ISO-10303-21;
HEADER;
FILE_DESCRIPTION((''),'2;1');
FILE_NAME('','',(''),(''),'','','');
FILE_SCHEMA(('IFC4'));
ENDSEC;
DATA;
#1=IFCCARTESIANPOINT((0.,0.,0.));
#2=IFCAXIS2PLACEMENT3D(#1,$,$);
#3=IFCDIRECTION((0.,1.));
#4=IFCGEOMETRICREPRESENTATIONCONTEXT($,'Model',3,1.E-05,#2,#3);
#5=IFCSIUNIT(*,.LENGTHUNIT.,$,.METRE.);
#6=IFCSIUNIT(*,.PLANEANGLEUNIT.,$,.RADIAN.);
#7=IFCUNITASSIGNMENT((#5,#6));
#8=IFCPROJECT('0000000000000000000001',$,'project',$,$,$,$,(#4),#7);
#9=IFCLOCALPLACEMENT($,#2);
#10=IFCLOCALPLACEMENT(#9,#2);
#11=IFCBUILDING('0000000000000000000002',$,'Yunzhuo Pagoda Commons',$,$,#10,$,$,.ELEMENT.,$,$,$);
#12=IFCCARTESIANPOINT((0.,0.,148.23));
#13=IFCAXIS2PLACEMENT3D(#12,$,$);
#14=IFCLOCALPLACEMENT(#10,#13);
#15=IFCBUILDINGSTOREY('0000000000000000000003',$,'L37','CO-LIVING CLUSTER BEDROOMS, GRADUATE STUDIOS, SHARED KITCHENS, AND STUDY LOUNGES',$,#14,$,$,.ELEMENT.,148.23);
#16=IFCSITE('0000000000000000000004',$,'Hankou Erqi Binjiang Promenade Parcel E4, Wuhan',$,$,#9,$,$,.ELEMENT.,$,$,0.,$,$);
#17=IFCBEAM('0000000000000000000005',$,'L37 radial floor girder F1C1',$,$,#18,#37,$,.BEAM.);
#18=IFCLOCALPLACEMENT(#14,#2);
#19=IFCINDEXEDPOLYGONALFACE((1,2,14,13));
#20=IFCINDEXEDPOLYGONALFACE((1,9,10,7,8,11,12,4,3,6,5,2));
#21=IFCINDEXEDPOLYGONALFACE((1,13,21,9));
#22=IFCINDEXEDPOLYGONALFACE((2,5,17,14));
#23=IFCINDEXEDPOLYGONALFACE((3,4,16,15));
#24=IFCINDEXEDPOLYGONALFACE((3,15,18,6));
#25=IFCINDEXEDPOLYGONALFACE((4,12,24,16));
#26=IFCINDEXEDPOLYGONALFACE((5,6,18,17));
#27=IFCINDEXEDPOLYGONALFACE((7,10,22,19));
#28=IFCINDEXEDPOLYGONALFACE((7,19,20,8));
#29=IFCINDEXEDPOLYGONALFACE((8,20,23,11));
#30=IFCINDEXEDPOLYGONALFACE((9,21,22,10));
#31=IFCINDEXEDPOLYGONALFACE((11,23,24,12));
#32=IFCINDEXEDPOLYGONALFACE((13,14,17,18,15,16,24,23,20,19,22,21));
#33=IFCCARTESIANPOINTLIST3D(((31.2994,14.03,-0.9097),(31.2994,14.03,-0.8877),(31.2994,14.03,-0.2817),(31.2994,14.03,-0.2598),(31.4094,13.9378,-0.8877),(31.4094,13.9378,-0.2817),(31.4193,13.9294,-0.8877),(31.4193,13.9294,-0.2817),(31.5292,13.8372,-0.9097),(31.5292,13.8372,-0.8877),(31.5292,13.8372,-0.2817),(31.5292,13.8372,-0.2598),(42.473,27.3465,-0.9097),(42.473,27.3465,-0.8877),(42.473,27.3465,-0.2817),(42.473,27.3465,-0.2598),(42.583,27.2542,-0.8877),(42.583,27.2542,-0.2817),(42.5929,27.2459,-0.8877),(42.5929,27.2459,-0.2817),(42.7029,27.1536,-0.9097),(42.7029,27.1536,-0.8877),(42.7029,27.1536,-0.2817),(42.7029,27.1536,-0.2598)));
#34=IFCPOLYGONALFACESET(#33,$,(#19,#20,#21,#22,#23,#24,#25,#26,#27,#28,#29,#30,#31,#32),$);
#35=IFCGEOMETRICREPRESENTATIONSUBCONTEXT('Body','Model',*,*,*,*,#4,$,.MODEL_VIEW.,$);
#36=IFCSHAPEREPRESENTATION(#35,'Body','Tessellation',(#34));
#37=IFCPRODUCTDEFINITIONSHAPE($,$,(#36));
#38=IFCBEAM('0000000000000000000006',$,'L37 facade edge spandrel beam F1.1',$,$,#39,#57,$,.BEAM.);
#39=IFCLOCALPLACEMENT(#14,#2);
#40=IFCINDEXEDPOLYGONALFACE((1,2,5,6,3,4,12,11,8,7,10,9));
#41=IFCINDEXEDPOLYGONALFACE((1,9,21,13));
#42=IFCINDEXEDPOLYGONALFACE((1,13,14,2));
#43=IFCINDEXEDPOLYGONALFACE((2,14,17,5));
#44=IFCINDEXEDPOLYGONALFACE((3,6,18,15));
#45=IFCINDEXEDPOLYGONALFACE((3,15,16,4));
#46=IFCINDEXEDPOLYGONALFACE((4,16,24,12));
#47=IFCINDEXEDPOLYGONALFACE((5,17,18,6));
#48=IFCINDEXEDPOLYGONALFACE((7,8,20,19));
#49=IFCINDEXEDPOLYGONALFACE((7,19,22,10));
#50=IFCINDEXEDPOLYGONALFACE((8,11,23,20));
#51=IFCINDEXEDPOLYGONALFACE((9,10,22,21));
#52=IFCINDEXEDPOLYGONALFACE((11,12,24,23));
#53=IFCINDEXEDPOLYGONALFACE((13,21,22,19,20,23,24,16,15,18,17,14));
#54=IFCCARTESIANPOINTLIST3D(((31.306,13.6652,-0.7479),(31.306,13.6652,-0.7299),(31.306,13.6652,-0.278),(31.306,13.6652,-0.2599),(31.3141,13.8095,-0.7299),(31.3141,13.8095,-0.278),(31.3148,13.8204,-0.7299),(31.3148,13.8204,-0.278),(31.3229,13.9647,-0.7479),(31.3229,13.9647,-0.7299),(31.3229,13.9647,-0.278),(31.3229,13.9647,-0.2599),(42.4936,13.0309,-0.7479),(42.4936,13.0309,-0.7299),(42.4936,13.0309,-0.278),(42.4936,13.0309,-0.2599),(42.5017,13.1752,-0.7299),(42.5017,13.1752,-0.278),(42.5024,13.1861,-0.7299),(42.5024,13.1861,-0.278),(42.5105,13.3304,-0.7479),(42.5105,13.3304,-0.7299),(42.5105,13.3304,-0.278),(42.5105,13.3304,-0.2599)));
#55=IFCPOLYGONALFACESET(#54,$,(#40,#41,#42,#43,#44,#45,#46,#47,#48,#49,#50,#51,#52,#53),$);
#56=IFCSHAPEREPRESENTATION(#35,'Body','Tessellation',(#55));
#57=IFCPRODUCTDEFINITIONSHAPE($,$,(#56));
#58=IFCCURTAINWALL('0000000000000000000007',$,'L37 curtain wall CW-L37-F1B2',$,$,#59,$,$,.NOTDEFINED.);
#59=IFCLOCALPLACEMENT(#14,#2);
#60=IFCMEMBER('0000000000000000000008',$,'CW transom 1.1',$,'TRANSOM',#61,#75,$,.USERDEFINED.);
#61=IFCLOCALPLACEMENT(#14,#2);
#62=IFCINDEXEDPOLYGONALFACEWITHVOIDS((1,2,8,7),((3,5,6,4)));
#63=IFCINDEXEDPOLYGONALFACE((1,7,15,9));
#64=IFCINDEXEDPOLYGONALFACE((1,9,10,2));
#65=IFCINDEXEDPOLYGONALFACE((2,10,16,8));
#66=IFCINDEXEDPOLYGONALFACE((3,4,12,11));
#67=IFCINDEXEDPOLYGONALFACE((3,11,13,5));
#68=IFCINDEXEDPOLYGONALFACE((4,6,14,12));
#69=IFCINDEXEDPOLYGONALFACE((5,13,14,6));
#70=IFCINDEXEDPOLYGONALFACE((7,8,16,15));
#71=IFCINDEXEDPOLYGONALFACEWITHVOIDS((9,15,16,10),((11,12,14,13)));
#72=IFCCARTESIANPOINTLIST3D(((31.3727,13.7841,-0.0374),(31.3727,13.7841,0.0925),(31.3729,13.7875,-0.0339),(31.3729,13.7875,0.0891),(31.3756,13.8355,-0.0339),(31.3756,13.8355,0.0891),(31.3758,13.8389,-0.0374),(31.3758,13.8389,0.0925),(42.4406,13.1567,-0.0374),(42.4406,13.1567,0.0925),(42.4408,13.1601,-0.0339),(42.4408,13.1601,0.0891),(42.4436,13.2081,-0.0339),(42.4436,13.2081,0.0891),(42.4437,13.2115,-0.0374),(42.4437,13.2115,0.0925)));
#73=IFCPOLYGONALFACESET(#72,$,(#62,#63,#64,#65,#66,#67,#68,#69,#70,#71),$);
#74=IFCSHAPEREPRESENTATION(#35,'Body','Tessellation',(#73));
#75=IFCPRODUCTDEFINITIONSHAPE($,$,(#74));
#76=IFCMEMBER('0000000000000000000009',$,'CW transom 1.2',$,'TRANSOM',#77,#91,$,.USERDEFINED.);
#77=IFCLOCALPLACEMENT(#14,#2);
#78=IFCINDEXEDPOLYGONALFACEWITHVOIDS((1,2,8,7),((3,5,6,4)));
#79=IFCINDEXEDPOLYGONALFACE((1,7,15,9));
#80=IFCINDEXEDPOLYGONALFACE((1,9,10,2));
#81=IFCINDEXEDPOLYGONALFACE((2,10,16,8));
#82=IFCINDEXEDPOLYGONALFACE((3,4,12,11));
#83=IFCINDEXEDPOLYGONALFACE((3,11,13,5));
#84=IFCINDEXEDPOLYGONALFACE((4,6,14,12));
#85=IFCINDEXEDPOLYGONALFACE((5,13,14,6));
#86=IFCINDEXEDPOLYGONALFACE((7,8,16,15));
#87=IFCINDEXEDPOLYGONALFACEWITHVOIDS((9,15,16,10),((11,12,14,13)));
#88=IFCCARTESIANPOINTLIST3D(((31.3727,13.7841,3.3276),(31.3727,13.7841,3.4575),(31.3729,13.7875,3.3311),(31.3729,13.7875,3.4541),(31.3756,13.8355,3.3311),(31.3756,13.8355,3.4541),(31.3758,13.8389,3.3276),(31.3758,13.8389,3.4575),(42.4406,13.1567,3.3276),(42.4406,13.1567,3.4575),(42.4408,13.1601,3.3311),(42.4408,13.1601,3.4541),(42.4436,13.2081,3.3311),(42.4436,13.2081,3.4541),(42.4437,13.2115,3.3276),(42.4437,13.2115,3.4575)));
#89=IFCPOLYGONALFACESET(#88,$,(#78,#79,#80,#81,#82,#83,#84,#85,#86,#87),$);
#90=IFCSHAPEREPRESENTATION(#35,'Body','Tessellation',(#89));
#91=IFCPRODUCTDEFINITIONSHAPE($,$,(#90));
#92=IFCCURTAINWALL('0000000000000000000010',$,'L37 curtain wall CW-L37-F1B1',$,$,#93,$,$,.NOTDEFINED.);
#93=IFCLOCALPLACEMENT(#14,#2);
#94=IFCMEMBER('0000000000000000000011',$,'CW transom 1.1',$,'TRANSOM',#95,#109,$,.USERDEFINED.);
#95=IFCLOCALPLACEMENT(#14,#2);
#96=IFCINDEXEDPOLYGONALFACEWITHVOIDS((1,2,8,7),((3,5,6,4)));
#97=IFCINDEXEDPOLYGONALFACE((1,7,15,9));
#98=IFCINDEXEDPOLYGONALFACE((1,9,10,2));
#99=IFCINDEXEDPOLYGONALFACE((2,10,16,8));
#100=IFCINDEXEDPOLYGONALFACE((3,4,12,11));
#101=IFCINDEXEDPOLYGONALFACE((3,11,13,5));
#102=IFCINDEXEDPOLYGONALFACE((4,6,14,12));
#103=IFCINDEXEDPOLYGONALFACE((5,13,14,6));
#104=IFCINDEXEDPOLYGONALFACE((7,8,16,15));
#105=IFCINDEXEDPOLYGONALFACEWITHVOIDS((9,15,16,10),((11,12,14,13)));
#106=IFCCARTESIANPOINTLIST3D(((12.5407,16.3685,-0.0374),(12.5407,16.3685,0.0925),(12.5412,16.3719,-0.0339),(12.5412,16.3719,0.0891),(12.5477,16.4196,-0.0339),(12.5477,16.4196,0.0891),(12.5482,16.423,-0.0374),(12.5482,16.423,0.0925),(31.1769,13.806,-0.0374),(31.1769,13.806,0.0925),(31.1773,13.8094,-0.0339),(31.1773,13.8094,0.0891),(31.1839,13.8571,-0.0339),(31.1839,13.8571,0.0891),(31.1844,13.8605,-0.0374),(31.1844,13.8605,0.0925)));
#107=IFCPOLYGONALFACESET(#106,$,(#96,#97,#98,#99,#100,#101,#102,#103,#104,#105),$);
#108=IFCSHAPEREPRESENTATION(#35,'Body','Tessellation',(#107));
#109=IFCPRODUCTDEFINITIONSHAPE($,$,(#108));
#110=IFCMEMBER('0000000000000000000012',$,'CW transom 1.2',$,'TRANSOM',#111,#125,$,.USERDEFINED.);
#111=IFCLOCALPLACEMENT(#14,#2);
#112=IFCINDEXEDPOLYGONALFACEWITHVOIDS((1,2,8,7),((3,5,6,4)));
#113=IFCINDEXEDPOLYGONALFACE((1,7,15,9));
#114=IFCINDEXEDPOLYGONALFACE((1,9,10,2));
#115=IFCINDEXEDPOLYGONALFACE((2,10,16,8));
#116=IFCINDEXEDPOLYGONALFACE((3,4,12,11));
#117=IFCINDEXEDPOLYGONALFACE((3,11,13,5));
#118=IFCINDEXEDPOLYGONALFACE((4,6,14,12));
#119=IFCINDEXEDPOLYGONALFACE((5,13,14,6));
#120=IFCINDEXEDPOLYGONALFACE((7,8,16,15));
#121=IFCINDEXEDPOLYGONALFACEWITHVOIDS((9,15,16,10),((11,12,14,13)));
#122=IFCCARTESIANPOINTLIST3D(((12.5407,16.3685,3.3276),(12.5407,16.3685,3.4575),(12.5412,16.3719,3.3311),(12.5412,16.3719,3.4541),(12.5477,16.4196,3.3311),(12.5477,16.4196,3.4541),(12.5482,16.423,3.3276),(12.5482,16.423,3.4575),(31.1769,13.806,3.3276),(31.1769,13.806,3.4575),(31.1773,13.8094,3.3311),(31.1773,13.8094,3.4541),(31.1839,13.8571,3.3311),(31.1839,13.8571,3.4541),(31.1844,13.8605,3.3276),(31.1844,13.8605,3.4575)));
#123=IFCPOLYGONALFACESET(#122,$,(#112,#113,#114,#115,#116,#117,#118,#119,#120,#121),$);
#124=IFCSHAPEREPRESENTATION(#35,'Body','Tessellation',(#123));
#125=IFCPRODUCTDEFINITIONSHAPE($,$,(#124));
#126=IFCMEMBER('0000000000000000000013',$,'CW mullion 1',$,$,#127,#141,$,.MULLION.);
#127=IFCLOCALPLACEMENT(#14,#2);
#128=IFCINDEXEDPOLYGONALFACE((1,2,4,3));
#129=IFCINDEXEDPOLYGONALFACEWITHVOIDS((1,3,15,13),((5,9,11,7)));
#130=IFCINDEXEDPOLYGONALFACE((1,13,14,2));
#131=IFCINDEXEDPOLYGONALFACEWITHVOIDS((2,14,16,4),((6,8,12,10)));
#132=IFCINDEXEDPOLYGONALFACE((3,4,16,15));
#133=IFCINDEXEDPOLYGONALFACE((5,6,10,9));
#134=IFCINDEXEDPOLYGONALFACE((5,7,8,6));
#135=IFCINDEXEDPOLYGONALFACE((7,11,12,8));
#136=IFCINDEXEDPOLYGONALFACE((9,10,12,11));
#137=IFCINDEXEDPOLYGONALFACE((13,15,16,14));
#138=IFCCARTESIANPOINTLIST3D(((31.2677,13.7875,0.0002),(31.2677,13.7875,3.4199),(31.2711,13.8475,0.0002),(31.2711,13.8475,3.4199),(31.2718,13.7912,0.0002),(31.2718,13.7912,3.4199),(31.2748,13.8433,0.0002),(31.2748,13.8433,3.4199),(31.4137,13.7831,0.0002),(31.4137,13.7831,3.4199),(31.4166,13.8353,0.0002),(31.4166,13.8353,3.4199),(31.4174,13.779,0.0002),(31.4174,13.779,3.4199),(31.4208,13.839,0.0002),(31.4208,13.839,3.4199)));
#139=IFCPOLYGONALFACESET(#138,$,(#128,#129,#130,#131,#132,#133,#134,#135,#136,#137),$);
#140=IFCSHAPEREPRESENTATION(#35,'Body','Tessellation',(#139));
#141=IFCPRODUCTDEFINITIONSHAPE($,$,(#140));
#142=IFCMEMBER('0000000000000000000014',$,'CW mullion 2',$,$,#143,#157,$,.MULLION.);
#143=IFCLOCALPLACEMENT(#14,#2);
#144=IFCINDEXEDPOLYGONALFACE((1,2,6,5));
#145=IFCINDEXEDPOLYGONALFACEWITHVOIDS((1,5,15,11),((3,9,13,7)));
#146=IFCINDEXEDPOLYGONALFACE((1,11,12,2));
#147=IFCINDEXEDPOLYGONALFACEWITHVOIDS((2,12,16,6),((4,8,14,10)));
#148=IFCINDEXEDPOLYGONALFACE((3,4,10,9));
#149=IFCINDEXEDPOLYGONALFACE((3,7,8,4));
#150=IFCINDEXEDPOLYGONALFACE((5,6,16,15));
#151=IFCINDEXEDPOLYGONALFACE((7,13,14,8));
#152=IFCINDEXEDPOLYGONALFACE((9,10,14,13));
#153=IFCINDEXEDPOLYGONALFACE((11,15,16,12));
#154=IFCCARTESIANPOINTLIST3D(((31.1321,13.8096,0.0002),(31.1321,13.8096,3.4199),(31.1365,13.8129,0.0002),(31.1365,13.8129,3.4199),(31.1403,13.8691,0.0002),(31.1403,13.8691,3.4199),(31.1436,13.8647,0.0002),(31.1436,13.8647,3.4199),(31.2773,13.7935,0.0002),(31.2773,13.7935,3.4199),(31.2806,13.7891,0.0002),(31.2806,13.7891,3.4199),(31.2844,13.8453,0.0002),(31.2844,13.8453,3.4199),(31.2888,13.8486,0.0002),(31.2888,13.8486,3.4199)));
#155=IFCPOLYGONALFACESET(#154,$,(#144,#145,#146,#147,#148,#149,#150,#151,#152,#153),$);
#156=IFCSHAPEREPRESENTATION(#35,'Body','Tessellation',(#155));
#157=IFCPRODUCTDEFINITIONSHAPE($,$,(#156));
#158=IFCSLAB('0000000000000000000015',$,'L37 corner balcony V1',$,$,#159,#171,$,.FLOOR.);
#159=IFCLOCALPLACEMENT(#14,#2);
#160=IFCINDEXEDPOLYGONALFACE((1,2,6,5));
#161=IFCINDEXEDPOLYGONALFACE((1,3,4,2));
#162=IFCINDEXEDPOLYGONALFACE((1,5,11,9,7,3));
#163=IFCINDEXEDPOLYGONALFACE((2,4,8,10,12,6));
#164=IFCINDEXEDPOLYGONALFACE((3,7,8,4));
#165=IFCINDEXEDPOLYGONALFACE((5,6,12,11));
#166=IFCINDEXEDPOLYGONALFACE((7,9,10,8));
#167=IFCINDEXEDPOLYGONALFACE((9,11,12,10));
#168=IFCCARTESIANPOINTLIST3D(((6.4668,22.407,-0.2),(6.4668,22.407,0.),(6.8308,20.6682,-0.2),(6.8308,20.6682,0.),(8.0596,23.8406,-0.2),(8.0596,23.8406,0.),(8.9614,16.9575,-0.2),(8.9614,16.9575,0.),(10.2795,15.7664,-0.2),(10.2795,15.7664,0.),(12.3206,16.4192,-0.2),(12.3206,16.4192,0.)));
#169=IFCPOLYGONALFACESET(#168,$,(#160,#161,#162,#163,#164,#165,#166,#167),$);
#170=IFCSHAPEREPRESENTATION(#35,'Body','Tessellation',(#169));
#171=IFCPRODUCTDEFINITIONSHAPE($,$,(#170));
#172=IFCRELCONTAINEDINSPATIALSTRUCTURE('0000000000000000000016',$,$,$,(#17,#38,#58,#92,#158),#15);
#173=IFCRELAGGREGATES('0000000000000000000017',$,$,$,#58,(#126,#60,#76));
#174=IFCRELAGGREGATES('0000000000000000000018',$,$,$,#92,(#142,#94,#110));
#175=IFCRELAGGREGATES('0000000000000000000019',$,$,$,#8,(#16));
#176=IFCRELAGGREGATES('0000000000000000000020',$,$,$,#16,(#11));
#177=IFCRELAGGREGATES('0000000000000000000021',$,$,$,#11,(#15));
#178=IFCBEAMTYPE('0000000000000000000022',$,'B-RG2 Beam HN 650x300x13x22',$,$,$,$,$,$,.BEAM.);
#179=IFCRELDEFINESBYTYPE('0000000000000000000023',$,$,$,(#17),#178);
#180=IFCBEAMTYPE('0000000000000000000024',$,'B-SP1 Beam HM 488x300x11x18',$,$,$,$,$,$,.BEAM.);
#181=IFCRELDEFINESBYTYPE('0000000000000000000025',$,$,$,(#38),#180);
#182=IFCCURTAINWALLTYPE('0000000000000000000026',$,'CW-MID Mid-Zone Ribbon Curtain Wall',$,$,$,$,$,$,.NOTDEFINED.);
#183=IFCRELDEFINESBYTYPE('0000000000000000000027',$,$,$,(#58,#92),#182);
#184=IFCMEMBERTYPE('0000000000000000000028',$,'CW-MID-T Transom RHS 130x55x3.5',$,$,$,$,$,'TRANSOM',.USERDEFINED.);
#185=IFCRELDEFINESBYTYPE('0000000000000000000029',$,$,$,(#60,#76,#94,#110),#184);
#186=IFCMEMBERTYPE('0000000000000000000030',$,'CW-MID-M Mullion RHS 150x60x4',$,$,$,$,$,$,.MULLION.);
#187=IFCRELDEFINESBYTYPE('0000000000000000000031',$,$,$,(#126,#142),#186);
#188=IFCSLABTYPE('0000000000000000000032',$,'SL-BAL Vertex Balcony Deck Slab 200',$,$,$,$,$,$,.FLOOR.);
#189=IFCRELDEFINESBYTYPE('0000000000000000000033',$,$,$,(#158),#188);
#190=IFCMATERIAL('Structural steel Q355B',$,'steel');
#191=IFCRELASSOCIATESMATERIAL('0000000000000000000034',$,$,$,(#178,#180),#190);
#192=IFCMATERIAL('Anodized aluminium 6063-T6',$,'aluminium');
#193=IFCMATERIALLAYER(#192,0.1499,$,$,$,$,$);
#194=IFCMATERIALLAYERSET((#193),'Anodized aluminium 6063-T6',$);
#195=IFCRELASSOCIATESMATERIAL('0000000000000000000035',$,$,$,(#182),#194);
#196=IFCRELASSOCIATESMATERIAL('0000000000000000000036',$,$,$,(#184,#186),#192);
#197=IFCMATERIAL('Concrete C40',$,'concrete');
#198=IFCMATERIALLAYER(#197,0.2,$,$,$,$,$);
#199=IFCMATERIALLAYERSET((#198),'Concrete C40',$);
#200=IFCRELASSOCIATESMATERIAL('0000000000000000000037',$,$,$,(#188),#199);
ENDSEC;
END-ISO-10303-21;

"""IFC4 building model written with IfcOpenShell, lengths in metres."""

from ifc_helpers import new_model, si_unit, direction, frame, origin, origin_2d, place, context, subcontext, project, spatial, polyline, hollow_rectangle, i_section, outline, extrude, source, transform, mapped, material, layer, layer_set, material_profile, profile_set, type_object, element, aggregate, save


model = new_model("IFC4")

# Units and contexts
model_context = context("Model", 3, precision=1e-05, world=origin(), true_north=direction((0.0, 1.0)))
body_context = subcontext(model_context, "Body", "Model", "MODEL_VIEW")
ifc_project = project(units=[si_unit("LENGTHUNIT", "METRE"), si_unit("PLANEANGLEUNIT", "RADIAN")], contexts=[model_context])

# Site, building, storey
site_placement = place(None, origin())
site = spatial("IfcSite", under=ifc_project, at=site_placement, Name="Hankou Erqi Binjiang Promenade Parcel E4, Wuhan", CompositionType="ELEMENT", RefElevation=0.0)
building_placement = place(site_placement, origin())
building = spatial("IfcBuilding", under=site, at=building_placement, Name="Yunzhuo Pagoda Commons", CompositionType="ELEMENT")
storey_placement = place(building_placement, frame((0.0, 0.0, 148.23)))
storey = spatial("IfcBuildingStorey", under=building, at=storey_placement, Name="L37", Description="CO-LIVING CLUSTER BEDROOMS, GRADUATE STUDIOS, SHARED KITCHENS, AND STUDY LOUNGES", CompositionType="ELEMENT", Elevation=148.23)

# Beams
ifc_material_1 = material(Name="Structural steel Q355B", Category="steel")
ifc_material_profile_1 = material_profile(ifc_material_1, i_section(OverallWidth=0.3, OverallDepth=0.6499, WebThickness=0.0129, FlangeThickness=0.022, at=origin_2d()), Name="Structural steel Q355B")
ifc_profile_set_1 = profile_set([ifc_material_profile_1], Name="Structural steel Q355B")
beam_type_1 = type_object("IfcBeamType", Name="B-RG2 Beam HN 650x300x13x22", PredefinedType="BEAM", material=ifc_profile_set_1)
shared_shape_1 = source(origin(), body_context, "Body", "SweptSolid", [
    extrude(i_section(OverallWidth=0.3, OverallDepth=0.6499, WebThickness=0.0129, FlangeThickness=0.022, at=origin_2d()), origin(), (0.0, 0.0, 1.0), 17.3833),
])
beam_1_placement = place(storey_placement, frame((31.4143, 13.9336, -0.5847), z_axis=(0.642781, 0.76605, 0.0), x_axis=(-0.76605, 0.642781, 0.0)))
element("IfcBeam", 1, at=beam_1_placement, inside=storey, type_object=beam_type_1, Name="L37 radial floor girder F1C1", PredefinedType="BEAM", context=body_context, shape_type="MappedRepresentation", body=[
    mapped(shared_shape_1, transform((0.0, 0.0, 0.0), scale=1.0)),
])
ifc_material_profile_2 = material_profile(ifc_material_1, i_section(OverallWidth=0.3, OverallDepth=0.488, WebThickness=0.011, FlangeThickness=0.0181, at=origin_2d()), Name="Structural steel Q355B")
ifc_profile_set_2 = profile_set([ifc_material_profile_2], Name="Structural steel Q355B")
beam_type_2 = type_object("IfcBeamType", Name="B-SP1 Beam HM 488x300x11x18", PredefinedType="BEAM", material=ifc_profile_set_2)
shared_shape_2 = source(origin(), body_context, "Body", "SweptSolid", [
    extrude(i_section(OverallWidth=0.3, OverallDepth=0.488, WebThickness=0.011, FlangeThickness=0.0181, at=origin_2d()), origin(), (0.0, 0.0, 1.0), 11.2056),
])
beam_2_placement = place(storey_placement, frame((31.3145, 13.8149, -0.5039), z_axis=(0.998397, -0.056604, 0.0), x_axis=(0.056604, 0.998397, 0.0)))
element("IfcBeam", 2, at=beam_2_placement, inside=storey, type_object=beam_type_2, Name="L37 facade edge spandrel beam F1.1", PredefinedType="BEAM", context=body_context, shape_type="MappedRepresentation", body=[
    mapped(shared_shape_2, transform((0.0, 0.0, 0.0), scale=1.0)),
])

# Curtain walls, members
ifc_material_2 = material(Name="Anodized aluminium 6063-T6", Category="aluminium")
ifc_layer_1 = layer(ifc_material_2, 0.1499)
ifc_layer_set_1 = layer_set([ifc_layer_1], Name="Anodized aluminium 6063-T6")
curtain_wall_type = type_object("IfcCurtainWallType", Name="CW-MID Mid-Zone Ribbon Curtain Wall", PredefinedType="NOTDEFINED", material=ifc_layer_set_1)
curtain_wall_1_placement = place(storey_placement, origin())
curtain_wall_1 = element("IfcCurtainWall", 3, at=curtain_wall_1_placement, inside=storey, type_object=curtain_wall_type, Name="L37 curtain wall CW-L37-F1B2", PredefinedType="NOTDEFINED")
ifc_material_profile_3 = material_profile(ifc_material_2, hollow_rectangle(XDim=0.0549, YDim=0.1299, WallThickness=0.0034, at=origin_2d()), Name="Anodized aluminium 6063-T6")
ifc_profile_set_3 = profile_set([ifc_material_profile_3], Name="Anodized aluminium 6063-T6")
member_type_1 = type_object("IfcMemberType", Name="CW-MID-T Transom RHS 130x55x3.5", ElementType="TRANSOM", PredefinedType="USERDEFINED", material=ifc_profile_set_3)
shared_shape_3 = source(origin(), body_context, "Body", "SweptSolid", [
    extrude(hollow_rectangle(XDim=0.0549, YDim=0.1299, WallThickness=0.0034, at=origin_2d()), origin(), (0.0, 0.0, 1.0), 11.0857),
])
member_1_placement = place(storey_placement, frame((31.3743, 13.8115, 0.0276), z_axis=(0.998397, -0.056599, 0.0), x_axis=(0.056599, 0.998397, 0.0)))
member_1 = element("IfcMember", 4, at=member_1_placement, type_object=member_type_1, Name="CW transom 1.1", ObjectType="TRANSOM", PredefinedType="USERDEFINED", context=body_context, shape_type="MappedRepresentation", body=[
    mapped(shared_shape_3, transform((0.0, 0.0, 0.0), scale=1.0)),
])
member_2_placement = place(storey_placement, frame((31.3743, 13.8115, 3.3926), z_axis=(0.998397, -0.056599, 0.0), x_axis=(0.056599, 0.998397, 0.0)))
member_2 = element("IfcMember", 5, at=member_2_placement, type_object=member_type_1, Name="CW transom 1.2", ObjectType="TRANSOM", PredefinedType="USERDEFINED", context=body_context, shape_type="MappedRepresentation", body=[
    mapped(shared_shape_3, transform((0.0, 0.0, 0.0), scale=1.0)),
])
curtain_wall_2_placement = place(storey_placement, origin())
curtain_wall_2 = element("IfcCurtainWall", 6, at=curtain_wall_2_placement, inside=storey, type_object=curtain_wall_type, Name="L37 curtain wall CW-L37-F1B1", PredefinedType="NOTDEFINED")
shared_shape_4 = source(origin(), body_context, "Body", "SweptSolid", [
    extrude(hollow_rectangle(XDim=0.0549, YDim=0.1299, WallThickness=0.0034, at=origin_2d()), origin(), (0.0, 0.0, 1.0), 18.8115),
])
member_3_placement = place(storey_placement, frame((12.5444, 16.3958, 0.0276), z_axis=(0.990679, -0.136219, 0.0), x_axis=(0.136219, 0.990679, 0.0)))
member_3 = element("IfcMember", 7, at=member_3_placement, type_object=member_type_1, Name="CW transom 1.1", ObjectType="TRANSOM", PredefinedType="USERDEFINED", context=body_context, shape_type="MappedRepresentation", body=[
    mapped(shared_shape_4, transform((0.0, 0.0, 0.0), scale=1.0)),
])
member_4_placement = place(storey_placement, frame((12.5444, 16.3958, 3.3926), z_axis=(0.990679, -0.136219, 0.0), x_axis=(0.136219, 0.990679, 0.0)))
member_4 = element("IfcMember", 8, at=member_4_placement, type_object=member_type_1, Name="CW transom 1.2", ObjectType="TRANSOM", PredefinedType="USERDEFINED", context=body_context, shape_type="MappedRepresentation", body=[
    mapped(shared_shape_4, transform((0.0, 0.0, 0.0), scale=1.0)),
])

# Members
ifc_material_profile_4 = material_profile(ifc_material_2, hollow_rectangle(XDim=0.0601, YDim=0.1499, WallThickness=0.0039, at=origin_2d()), Name="Anodized aluminium 6063-T6")
ifc_profile_set_4 = profile_set([ifc_material_profile_4], Name="Anodized aluminium 6063-T6")
member_type_2 = type_object("IfcMemberType", Name="CW-MID-M Mullion RHS 150x60x4", PredefinedType="MULLION", material=ifc_profile_set_4)
shared_shape_5 = source(origin(), body_context, "Body", "SweptSolid", [
    extrude(hollow_rectangle(XDim=0.0601, YDim=0.1499, WallThickness=0.0039, at=origin_2d()), origin(), (0.0, 0.0, 1.0), 3.4197),
])
member_5_placement = place(storey_placement, frame((31.3442, 13.8132, 0.0002), z_axis=(0.0, 0.0, 1.0), x_axis=(0.056597, 0.998397, 0.0)))
member_5 = element("IfcMember", 9, at=member_5_placement, type_object=member_type_2, Name="CW mullion 1", PredefinedType="MULLION", context=body_context, shape_type="MappedRepresentation", body=[
    mapped(shared_shape_5, transform((0.0, 0.0, 0.0), scale=1.0)),
])
aggregate(curtain_wall_1, [member_5, member_1, member_2])
member_6_placement = place(storey_placement, frame((31.2104, 13.8291, 0.0002), z_axis=(0.0, 0.0, 1.0), x_axis=(0.136221, 0.990679, 0.0)))
member_6 = element("IfcMember", 10, at=member_6_placement, type_object=member_type_2, Name="CW mullion 2", PredefinedType="MULLION", context=body_context, shape_type="MappedRepresentation", body=[
    mapped(shared_shape_5, transform((0.0, 0.0, 0.0), scale=1.0)),
])

# Slab
ifc_material_3 = material(Name="Concrete C40", Category="concrete")
ifc_layer_2 = layer(ifc_material_3, 0.2)
ifc_layer_set_2 = layer_set([ifc_layer_2], Name="Concrete C40")
slab_type_1 = type_object("IfcSlabType", Name="SL-BAL Vertex Balcony Deck Slab 200", PredefinedType="FLOOR", material=ifc_layer_set_2)
slab_1_placement = place(storey_placement, frame((0.0, 0.0, -0.2)))
element("IfcSlab", 11, at=slab_1_placement, inside=storey, type_object=slab_type_1, Name="L37 corner balcony V1", PredefinedType="FLOOR", context=body_context, shape_type="SweptSolid", body=[
    extrude(outline(polyline([(8.0596, 23.8406), (12.3206, 16.4192), (10.2795, 15.7664), (8.9614, 16.9575), (6.8308, 20.6682), (6.4668, 22.407), (8.0596, 23.8406)])), origin(), (0.0, 0.0, 1.0), 0.2),
])

aggregate(curtain_wall_2, [member_6, member_3, member_4])

save(model, "model.ifc")
